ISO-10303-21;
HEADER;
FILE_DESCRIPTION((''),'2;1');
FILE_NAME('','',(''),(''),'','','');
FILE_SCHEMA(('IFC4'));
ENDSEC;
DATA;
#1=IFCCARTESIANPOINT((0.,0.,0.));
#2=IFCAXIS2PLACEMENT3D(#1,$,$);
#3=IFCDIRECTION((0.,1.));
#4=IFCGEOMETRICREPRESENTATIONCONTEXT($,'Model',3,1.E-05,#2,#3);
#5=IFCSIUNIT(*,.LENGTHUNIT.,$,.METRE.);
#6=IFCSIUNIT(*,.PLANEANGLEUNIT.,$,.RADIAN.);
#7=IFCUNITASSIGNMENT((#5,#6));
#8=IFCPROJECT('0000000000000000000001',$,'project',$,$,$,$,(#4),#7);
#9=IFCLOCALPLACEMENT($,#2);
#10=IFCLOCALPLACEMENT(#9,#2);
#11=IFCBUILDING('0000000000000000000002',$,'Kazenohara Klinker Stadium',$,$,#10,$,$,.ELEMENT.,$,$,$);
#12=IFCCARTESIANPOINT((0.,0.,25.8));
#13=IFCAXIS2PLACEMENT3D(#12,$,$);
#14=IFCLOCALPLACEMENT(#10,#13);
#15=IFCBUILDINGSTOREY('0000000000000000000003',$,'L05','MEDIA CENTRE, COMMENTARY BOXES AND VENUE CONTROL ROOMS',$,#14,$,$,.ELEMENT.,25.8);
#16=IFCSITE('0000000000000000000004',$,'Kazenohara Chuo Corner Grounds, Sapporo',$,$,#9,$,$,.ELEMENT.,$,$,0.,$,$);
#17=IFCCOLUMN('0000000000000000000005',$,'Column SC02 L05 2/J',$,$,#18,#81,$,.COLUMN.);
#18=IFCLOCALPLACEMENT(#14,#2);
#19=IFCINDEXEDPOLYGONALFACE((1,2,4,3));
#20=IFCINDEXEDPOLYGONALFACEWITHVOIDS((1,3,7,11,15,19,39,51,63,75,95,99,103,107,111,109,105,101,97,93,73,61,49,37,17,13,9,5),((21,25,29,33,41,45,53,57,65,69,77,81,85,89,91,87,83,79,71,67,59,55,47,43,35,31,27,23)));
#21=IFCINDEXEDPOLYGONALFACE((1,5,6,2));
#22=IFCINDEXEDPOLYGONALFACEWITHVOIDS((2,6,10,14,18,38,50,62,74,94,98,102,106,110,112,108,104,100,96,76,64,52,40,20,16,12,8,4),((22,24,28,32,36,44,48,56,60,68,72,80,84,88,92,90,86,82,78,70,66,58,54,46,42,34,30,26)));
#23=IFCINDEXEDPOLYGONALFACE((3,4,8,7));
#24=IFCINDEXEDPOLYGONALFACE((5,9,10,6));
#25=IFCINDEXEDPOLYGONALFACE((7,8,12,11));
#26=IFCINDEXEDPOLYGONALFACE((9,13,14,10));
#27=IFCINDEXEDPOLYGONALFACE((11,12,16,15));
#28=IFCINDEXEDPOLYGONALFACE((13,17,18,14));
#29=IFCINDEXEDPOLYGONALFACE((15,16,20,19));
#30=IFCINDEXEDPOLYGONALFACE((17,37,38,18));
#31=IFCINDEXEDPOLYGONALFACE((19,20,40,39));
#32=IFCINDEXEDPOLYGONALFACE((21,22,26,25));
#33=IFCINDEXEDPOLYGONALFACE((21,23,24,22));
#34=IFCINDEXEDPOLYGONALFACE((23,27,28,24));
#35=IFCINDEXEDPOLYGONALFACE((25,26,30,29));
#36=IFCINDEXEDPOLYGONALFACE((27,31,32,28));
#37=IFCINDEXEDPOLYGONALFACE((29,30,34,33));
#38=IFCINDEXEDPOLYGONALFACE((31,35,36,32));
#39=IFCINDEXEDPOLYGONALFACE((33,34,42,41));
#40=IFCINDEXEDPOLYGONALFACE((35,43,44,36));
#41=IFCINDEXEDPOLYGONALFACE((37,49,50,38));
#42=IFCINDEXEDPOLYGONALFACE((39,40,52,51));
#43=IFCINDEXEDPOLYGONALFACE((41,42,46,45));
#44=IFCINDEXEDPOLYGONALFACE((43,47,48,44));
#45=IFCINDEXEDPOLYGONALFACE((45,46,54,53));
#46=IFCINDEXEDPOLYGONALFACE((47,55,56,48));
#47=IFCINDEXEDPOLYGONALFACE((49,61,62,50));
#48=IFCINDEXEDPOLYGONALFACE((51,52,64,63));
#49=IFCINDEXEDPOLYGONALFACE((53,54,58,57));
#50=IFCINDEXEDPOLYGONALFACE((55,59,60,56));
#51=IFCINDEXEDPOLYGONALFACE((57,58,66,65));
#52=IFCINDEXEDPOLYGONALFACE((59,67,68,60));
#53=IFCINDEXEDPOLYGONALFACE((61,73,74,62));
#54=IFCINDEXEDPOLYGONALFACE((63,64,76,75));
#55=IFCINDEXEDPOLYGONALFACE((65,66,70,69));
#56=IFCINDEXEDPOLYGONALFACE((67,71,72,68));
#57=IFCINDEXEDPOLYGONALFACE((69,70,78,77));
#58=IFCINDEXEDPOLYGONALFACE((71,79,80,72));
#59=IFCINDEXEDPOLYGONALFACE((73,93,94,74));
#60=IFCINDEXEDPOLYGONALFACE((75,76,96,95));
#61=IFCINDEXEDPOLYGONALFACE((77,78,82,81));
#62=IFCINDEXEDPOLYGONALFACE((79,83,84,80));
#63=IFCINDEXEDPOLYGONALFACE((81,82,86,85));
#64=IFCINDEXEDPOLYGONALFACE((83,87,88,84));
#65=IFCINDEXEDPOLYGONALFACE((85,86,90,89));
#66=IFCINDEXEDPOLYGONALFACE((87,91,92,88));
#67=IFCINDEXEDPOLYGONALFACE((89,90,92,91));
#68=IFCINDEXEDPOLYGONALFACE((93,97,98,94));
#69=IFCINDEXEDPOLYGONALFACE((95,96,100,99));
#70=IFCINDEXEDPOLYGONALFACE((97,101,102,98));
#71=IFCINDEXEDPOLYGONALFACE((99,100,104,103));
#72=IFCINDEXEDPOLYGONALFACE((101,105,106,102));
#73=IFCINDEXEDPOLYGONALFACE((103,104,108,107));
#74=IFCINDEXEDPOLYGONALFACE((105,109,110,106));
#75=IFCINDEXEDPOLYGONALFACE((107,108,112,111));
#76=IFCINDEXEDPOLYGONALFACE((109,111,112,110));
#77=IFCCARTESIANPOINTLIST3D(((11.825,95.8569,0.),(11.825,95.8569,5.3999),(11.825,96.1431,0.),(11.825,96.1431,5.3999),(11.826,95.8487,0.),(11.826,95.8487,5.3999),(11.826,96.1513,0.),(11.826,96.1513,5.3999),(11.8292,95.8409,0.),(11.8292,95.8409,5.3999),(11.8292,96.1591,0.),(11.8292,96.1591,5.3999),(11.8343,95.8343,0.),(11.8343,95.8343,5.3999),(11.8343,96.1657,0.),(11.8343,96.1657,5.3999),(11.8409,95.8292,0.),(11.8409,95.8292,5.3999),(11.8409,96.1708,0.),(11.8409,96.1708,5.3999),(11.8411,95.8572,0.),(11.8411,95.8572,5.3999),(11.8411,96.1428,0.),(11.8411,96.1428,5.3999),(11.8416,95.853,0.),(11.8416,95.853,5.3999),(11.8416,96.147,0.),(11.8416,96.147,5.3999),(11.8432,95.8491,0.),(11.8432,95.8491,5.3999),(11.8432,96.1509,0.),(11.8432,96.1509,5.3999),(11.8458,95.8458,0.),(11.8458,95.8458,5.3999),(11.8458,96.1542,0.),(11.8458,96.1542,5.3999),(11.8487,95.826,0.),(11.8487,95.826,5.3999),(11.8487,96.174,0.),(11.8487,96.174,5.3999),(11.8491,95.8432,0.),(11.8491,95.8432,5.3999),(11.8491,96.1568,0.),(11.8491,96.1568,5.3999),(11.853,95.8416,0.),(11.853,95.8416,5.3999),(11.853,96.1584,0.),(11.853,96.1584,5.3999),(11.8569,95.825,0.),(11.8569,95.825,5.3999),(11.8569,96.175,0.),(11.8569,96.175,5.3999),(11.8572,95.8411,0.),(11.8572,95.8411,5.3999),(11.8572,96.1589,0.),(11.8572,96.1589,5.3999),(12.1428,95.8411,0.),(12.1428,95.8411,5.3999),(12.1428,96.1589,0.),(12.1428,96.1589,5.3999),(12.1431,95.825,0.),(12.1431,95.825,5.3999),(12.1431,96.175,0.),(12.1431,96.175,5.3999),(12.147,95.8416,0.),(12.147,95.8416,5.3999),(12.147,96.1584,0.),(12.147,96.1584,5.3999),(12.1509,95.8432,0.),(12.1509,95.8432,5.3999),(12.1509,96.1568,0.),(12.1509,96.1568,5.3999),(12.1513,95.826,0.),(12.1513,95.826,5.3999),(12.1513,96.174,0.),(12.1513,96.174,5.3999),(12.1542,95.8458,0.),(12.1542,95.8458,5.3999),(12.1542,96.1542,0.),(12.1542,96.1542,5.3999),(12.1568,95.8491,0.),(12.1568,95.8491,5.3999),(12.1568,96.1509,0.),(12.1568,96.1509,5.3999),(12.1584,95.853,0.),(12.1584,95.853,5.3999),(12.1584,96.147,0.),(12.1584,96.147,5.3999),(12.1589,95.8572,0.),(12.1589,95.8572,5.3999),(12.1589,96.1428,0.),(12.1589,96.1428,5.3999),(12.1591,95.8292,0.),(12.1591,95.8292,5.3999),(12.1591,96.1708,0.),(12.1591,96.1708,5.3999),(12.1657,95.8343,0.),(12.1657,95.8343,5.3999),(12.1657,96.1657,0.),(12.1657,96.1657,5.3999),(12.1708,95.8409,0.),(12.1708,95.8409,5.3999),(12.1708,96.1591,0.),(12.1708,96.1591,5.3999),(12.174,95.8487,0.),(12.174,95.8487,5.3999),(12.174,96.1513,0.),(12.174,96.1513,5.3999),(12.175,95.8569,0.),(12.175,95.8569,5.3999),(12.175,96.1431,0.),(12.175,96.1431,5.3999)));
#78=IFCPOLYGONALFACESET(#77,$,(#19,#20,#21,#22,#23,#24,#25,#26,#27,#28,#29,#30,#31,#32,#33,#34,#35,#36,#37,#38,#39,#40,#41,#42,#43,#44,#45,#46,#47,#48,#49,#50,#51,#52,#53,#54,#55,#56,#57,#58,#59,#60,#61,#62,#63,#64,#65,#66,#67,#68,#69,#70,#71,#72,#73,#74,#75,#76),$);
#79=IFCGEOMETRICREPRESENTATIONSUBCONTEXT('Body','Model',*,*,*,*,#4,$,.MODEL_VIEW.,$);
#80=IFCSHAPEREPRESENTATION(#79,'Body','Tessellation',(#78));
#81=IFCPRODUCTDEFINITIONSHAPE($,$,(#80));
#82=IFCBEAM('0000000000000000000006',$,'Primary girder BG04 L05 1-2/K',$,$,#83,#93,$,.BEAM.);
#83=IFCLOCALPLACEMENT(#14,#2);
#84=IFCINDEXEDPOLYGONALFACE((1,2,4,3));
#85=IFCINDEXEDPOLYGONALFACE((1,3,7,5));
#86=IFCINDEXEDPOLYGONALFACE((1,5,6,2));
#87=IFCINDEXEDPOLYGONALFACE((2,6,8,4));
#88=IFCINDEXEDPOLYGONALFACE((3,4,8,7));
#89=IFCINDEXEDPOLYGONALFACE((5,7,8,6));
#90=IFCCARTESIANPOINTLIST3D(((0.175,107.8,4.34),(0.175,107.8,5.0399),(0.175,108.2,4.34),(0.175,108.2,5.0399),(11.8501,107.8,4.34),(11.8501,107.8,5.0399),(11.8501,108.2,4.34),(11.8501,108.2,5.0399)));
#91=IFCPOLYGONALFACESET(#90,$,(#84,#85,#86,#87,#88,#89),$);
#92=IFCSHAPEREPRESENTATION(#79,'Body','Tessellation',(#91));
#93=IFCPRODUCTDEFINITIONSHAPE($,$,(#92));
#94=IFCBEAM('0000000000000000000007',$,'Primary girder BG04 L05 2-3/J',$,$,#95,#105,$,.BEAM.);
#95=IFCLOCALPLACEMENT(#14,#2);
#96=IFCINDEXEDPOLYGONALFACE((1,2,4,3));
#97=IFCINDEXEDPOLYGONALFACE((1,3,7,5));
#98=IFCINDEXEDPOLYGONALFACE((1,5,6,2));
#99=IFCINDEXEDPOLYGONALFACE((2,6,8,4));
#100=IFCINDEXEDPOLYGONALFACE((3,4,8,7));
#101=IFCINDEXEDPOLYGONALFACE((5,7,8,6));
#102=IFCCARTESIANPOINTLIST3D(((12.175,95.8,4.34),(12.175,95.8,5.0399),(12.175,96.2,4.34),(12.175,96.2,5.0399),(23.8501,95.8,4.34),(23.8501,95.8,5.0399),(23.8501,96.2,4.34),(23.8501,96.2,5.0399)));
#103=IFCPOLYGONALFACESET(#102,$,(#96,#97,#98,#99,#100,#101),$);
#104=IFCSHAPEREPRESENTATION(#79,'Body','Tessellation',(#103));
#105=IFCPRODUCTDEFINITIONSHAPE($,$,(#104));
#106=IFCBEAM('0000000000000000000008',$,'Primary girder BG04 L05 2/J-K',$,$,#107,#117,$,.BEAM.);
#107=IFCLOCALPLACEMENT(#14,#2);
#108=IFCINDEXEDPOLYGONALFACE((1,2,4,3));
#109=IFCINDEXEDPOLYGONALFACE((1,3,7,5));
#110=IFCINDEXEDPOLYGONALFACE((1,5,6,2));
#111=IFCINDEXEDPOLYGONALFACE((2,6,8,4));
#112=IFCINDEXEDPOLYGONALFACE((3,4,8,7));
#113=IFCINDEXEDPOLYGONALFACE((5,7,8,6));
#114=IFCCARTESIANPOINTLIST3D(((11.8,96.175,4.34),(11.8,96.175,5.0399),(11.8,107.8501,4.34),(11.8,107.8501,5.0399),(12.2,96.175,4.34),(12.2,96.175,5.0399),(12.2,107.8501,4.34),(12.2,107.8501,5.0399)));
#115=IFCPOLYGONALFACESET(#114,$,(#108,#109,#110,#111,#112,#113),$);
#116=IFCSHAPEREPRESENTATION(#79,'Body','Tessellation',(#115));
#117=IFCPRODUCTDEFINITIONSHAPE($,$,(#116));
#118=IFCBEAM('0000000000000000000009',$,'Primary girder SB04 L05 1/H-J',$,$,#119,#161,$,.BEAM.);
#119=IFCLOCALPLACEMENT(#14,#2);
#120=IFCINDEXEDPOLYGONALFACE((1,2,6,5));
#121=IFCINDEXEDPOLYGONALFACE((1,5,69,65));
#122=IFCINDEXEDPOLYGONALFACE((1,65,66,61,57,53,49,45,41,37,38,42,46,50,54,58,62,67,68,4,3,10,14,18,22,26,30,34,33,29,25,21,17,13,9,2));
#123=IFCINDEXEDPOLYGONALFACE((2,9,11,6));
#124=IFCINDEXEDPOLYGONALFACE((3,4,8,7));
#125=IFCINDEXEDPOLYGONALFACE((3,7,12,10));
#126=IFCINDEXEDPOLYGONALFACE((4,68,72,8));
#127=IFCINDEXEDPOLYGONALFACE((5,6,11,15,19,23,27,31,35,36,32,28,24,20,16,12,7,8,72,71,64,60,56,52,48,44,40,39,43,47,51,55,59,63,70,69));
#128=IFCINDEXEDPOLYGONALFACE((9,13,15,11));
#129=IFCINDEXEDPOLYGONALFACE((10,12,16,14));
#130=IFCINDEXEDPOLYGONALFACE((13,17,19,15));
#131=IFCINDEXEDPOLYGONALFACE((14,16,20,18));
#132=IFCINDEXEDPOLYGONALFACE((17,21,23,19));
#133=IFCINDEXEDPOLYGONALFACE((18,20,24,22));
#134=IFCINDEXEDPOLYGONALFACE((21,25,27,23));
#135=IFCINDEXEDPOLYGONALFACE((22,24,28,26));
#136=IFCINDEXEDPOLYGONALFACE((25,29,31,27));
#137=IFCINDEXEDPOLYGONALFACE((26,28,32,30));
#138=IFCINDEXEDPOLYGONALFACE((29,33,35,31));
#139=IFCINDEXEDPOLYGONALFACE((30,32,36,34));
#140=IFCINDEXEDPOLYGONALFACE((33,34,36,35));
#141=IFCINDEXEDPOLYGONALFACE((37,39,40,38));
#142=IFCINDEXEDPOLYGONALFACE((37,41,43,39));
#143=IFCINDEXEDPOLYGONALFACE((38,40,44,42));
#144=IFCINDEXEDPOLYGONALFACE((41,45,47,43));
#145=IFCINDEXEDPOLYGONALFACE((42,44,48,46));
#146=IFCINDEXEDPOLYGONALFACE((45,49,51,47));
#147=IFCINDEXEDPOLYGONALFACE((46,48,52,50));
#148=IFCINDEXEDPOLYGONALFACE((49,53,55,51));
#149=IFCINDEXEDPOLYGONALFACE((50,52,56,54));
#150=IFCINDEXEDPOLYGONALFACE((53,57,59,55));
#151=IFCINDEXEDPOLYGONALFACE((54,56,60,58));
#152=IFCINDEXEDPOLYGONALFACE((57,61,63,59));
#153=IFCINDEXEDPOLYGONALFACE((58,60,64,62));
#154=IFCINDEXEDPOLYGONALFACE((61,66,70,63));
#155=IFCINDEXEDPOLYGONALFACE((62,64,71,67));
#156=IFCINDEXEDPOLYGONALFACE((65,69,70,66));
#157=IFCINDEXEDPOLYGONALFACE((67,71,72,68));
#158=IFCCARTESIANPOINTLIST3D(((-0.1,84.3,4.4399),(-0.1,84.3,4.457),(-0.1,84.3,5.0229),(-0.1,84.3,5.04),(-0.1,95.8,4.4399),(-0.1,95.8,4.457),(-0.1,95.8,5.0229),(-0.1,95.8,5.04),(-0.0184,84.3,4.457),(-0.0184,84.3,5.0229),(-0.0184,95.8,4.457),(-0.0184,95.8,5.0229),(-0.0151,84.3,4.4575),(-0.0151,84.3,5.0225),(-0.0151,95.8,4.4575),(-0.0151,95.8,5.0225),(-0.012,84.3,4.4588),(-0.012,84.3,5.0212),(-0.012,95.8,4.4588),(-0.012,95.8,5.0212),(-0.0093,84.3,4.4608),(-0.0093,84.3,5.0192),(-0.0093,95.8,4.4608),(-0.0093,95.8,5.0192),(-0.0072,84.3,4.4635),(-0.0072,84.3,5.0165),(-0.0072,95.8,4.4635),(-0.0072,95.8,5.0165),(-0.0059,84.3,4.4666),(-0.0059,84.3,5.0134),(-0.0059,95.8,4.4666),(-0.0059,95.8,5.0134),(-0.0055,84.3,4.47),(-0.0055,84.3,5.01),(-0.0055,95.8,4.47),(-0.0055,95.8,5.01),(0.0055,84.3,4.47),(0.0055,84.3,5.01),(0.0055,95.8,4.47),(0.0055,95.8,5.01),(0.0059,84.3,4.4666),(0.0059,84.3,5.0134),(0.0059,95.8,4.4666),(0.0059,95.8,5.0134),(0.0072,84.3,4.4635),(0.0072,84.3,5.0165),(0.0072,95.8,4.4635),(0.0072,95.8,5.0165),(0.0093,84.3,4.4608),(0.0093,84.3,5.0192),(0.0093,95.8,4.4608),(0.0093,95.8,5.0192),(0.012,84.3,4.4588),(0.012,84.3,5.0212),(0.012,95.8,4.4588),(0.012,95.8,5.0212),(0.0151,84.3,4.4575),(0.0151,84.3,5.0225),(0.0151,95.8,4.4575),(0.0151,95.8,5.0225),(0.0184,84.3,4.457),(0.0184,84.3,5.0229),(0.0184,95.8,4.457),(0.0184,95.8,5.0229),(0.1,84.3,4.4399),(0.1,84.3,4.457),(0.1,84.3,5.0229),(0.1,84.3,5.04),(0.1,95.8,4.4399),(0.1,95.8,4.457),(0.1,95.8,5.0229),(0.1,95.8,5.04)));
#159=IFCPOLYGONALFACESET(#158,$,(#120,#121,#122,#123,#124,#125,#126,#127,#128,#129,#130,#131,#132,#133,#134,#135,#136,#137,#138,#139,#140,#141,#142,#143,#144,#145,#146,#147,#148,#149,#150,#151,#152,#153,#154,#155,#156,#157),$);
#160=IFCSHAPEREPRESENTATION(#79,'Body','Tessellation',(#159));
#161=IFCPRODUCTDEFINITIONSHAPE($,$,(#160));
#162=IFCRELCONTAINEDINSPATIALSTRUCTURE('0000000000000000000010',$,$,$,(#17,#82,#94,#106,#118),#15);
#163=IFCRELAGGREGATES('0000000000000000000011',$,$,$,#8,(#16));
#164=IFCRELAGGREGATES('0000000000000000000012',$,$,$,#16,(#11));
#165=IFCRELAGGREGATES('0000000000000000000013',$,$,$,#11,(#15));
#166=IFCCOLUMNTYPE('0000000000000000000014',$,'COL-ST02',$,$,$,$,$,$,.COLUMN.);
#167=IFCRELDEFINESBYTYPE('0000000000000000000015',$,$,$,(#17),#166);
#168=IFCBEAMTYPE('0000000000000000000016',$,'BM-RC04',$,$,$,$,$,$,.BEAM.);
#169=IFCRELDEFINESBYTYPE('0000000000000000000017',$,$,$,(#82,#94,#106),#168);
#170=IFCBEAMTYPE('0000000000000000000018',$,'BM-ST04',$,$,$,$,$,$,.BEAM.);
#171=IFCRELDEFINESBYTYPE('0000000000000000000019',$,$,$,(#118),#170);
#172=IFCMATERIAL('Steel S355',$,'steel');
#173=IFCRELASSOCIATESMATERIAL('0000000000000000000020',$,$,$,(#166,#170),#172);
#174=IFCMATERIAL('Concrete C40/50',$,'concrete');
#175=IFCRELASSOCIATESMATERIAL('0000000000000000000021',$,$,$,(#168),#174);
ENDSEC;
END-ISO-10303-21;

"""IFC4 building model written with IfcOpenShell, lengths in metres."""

from ifc_helpers import new_model, si_unit, direction, frame, origin, origin_2d, place, context, subcontext, project, spatial, rectangle, hollow_rectangle, i_section, extrude, material, material_profile, profile_set, type_object, element, save


model = new_model("IFC4")

# Units and contexts
model_context = context("Model", 3, precision=1e-05, world=origin(), true_north=direction((0.0, 1.0)))
body_context = subcontext(model_context, "Body", "Model", "MODEL_VIEW")
ifc_project = project(units=[si_unit("LENGTHUNIT", "METRE"), si_unit("PLANEANGLEUNIT", "RADIAN")], contexts=[model_context])

# Site, building, storey
site_placement = place(None, origin())
site = spatial("IfcSite", under=ifc_project, at=site_placement, Name="Kazenohara Chuo Corner Grounds, Sapporo", CompositionType="ELEMENT", RefElevation=0.0)
building_placement = place(site_placement, origin())
building = spatial("IfcBuilding", under=site, at=building_placement, Name="Kazenohara Klinker Stadium", CompositionType="ELEMENT")
storey_placement = place(building_placement, frame((0.0, 0.0, 25.8)))
storey = spatial("IfcBuildingStorey", under=building, at=storey_placement, Name="L05", Description="MEDIA CENTRE, COMMENTARY BOXES AND VENUE CONTROL ROOMS", CompositionType="ELEMENT", Elevation=25.8)

# Column
ifc_material_1 = material(Name="Steel S355", Category="steel")
ifc_material_profile_1 = material_profile(ifc_material_1, hollow_rectangle(XDim=0.3501, YDim=0.3501, WallThickness=0.0161, InnerFilletRadius=0.0161, OuterFilletRadius=0.032, at=origin_2d()), Name="SHS-350x350x16")
ifc_profile_set_1 = profile_set([ifc_material_profile_1], Name="Steel S355")
column_type_1 = type_object("IfcColumnType", Name="COL-ST02", PredefinedType="COLUMN", material=ifc_profile_set_1)
for number, where, z_axis, x_axis, name in (
    (1, (12.0, 96.0, 0.0), (0.0, 0.0, 1.0), (1.0, 0.0, 0.0), "Column SC02 L05 2/J"),
):
    element("IfcColumn", number, at=place(storey_placement, frame(where, z_axis=z_axis, x_axis=x_axis)), inside=storey, type_object=column_type_1, Name=name, PredefinedType="COLUMN", context=body_context, shape_type="SweptSolid", body=[
        extrude(hollow_rectangle(XDim=0.3501, YDim=0.3501, WallThickness=0.0161, InnerFilletRadius=0.0161, OuterFilletRadius=0.032, at=origin_2d()), origin(), (0.0, 0.0, 1.0), 5.3999),
    ])

# Beams
ifc_material_2 = material(Name="Concrete C40/50", Category="concrete")
ifc_material_profile_2 = material_profile(ifc_material_2, rectangle(XDim=0.3999, YDim=0.7, at=origin_2d()), Name="RC-BM-400x700")
ifc_profile_set_2 = profile_set([ifc_material_profile_2], Name="Concrete C40/50")
beam_type_1 = type_object("IfcBeamType", Name="BM-RC04", PredefinedType="BEAM", material=ifc_profile_set_2)
for number, where, z_axis, x_axis, name in (
    (2, (0.175, 108.0, 4.6899), (1.0, 0.0, 0.0), (0.0, 1.0, 0.0), "Primary girder BG04 L05 1-2/K"),
    (3, (12.175, 96.0, 4.6899), (1.0, 0.0, 0.0), (0.0, 1.0, 0.0), "Primary girder BG04 L05 2-3/J"),
    (4, (12.0, 96.175, 4.6899), (0.0, 1.0, 0.0), (-1.0, 0.0, 0.0), "Primary girder BG04 L05 2/J-K"),
):
    element("IfcBeam", number, at=place(storey_placement, frame(where, z_axis=z_axis, x_axis=x_axis)), inside=storey, type_object=beam_type_1, Name=name, PredefinedType="BEAM", context=body_context, shape_type="SweptSolid", body=[
        extrude(rectangle(XDim=0.3999, YDim=0.7, at=origin_2d()), origin(), (0.0, 0.0, 1.0), 11.675),
    ])
ifc_material_profile_3 = material_profile(ifc_material_1, i_section(OverallWidth=0.2, OverallDepth=0.6001, WebThickness=0.011, FlangeThickness=0.0171, FilletRadius=0.0129, at=origin_2d()), Name="H-600x200x11x17")
ifc_profile_set_3 = profile_set([ifc_material_profile_3], Name="Steel S355")
beam_type_2 = type_object("IfcBeamType", Name="BM-ST04", PredefinedType="BEAM", material=ifc_profile_set_3)
beam_placement = place(storey_placement, frame((0.0, 84.3, 4.74), z_axis=(0.0, 1.0, 0.0), x_axis=(-1.0, 0.0, 0.0)))
element("IfcBeam", 5, at=beam_placement, inside=storey, type_object=beam_type_2, Name="Primary girder SB04 L05 1/H-J", PredefinedType="BEAM", context=body_context, shape_type="SweptSolid", body=[
    extrude(i_section(OverallWidth=0.2, OverallDepth=0.6001, WebThickness=0.011, FlangeThickness=0.0171, FilletRadius=0.0129, at=origin_2d()), origin(), (0.0, 0.0, 1.0), 11.5),
])

save(model, "model.ifc")
